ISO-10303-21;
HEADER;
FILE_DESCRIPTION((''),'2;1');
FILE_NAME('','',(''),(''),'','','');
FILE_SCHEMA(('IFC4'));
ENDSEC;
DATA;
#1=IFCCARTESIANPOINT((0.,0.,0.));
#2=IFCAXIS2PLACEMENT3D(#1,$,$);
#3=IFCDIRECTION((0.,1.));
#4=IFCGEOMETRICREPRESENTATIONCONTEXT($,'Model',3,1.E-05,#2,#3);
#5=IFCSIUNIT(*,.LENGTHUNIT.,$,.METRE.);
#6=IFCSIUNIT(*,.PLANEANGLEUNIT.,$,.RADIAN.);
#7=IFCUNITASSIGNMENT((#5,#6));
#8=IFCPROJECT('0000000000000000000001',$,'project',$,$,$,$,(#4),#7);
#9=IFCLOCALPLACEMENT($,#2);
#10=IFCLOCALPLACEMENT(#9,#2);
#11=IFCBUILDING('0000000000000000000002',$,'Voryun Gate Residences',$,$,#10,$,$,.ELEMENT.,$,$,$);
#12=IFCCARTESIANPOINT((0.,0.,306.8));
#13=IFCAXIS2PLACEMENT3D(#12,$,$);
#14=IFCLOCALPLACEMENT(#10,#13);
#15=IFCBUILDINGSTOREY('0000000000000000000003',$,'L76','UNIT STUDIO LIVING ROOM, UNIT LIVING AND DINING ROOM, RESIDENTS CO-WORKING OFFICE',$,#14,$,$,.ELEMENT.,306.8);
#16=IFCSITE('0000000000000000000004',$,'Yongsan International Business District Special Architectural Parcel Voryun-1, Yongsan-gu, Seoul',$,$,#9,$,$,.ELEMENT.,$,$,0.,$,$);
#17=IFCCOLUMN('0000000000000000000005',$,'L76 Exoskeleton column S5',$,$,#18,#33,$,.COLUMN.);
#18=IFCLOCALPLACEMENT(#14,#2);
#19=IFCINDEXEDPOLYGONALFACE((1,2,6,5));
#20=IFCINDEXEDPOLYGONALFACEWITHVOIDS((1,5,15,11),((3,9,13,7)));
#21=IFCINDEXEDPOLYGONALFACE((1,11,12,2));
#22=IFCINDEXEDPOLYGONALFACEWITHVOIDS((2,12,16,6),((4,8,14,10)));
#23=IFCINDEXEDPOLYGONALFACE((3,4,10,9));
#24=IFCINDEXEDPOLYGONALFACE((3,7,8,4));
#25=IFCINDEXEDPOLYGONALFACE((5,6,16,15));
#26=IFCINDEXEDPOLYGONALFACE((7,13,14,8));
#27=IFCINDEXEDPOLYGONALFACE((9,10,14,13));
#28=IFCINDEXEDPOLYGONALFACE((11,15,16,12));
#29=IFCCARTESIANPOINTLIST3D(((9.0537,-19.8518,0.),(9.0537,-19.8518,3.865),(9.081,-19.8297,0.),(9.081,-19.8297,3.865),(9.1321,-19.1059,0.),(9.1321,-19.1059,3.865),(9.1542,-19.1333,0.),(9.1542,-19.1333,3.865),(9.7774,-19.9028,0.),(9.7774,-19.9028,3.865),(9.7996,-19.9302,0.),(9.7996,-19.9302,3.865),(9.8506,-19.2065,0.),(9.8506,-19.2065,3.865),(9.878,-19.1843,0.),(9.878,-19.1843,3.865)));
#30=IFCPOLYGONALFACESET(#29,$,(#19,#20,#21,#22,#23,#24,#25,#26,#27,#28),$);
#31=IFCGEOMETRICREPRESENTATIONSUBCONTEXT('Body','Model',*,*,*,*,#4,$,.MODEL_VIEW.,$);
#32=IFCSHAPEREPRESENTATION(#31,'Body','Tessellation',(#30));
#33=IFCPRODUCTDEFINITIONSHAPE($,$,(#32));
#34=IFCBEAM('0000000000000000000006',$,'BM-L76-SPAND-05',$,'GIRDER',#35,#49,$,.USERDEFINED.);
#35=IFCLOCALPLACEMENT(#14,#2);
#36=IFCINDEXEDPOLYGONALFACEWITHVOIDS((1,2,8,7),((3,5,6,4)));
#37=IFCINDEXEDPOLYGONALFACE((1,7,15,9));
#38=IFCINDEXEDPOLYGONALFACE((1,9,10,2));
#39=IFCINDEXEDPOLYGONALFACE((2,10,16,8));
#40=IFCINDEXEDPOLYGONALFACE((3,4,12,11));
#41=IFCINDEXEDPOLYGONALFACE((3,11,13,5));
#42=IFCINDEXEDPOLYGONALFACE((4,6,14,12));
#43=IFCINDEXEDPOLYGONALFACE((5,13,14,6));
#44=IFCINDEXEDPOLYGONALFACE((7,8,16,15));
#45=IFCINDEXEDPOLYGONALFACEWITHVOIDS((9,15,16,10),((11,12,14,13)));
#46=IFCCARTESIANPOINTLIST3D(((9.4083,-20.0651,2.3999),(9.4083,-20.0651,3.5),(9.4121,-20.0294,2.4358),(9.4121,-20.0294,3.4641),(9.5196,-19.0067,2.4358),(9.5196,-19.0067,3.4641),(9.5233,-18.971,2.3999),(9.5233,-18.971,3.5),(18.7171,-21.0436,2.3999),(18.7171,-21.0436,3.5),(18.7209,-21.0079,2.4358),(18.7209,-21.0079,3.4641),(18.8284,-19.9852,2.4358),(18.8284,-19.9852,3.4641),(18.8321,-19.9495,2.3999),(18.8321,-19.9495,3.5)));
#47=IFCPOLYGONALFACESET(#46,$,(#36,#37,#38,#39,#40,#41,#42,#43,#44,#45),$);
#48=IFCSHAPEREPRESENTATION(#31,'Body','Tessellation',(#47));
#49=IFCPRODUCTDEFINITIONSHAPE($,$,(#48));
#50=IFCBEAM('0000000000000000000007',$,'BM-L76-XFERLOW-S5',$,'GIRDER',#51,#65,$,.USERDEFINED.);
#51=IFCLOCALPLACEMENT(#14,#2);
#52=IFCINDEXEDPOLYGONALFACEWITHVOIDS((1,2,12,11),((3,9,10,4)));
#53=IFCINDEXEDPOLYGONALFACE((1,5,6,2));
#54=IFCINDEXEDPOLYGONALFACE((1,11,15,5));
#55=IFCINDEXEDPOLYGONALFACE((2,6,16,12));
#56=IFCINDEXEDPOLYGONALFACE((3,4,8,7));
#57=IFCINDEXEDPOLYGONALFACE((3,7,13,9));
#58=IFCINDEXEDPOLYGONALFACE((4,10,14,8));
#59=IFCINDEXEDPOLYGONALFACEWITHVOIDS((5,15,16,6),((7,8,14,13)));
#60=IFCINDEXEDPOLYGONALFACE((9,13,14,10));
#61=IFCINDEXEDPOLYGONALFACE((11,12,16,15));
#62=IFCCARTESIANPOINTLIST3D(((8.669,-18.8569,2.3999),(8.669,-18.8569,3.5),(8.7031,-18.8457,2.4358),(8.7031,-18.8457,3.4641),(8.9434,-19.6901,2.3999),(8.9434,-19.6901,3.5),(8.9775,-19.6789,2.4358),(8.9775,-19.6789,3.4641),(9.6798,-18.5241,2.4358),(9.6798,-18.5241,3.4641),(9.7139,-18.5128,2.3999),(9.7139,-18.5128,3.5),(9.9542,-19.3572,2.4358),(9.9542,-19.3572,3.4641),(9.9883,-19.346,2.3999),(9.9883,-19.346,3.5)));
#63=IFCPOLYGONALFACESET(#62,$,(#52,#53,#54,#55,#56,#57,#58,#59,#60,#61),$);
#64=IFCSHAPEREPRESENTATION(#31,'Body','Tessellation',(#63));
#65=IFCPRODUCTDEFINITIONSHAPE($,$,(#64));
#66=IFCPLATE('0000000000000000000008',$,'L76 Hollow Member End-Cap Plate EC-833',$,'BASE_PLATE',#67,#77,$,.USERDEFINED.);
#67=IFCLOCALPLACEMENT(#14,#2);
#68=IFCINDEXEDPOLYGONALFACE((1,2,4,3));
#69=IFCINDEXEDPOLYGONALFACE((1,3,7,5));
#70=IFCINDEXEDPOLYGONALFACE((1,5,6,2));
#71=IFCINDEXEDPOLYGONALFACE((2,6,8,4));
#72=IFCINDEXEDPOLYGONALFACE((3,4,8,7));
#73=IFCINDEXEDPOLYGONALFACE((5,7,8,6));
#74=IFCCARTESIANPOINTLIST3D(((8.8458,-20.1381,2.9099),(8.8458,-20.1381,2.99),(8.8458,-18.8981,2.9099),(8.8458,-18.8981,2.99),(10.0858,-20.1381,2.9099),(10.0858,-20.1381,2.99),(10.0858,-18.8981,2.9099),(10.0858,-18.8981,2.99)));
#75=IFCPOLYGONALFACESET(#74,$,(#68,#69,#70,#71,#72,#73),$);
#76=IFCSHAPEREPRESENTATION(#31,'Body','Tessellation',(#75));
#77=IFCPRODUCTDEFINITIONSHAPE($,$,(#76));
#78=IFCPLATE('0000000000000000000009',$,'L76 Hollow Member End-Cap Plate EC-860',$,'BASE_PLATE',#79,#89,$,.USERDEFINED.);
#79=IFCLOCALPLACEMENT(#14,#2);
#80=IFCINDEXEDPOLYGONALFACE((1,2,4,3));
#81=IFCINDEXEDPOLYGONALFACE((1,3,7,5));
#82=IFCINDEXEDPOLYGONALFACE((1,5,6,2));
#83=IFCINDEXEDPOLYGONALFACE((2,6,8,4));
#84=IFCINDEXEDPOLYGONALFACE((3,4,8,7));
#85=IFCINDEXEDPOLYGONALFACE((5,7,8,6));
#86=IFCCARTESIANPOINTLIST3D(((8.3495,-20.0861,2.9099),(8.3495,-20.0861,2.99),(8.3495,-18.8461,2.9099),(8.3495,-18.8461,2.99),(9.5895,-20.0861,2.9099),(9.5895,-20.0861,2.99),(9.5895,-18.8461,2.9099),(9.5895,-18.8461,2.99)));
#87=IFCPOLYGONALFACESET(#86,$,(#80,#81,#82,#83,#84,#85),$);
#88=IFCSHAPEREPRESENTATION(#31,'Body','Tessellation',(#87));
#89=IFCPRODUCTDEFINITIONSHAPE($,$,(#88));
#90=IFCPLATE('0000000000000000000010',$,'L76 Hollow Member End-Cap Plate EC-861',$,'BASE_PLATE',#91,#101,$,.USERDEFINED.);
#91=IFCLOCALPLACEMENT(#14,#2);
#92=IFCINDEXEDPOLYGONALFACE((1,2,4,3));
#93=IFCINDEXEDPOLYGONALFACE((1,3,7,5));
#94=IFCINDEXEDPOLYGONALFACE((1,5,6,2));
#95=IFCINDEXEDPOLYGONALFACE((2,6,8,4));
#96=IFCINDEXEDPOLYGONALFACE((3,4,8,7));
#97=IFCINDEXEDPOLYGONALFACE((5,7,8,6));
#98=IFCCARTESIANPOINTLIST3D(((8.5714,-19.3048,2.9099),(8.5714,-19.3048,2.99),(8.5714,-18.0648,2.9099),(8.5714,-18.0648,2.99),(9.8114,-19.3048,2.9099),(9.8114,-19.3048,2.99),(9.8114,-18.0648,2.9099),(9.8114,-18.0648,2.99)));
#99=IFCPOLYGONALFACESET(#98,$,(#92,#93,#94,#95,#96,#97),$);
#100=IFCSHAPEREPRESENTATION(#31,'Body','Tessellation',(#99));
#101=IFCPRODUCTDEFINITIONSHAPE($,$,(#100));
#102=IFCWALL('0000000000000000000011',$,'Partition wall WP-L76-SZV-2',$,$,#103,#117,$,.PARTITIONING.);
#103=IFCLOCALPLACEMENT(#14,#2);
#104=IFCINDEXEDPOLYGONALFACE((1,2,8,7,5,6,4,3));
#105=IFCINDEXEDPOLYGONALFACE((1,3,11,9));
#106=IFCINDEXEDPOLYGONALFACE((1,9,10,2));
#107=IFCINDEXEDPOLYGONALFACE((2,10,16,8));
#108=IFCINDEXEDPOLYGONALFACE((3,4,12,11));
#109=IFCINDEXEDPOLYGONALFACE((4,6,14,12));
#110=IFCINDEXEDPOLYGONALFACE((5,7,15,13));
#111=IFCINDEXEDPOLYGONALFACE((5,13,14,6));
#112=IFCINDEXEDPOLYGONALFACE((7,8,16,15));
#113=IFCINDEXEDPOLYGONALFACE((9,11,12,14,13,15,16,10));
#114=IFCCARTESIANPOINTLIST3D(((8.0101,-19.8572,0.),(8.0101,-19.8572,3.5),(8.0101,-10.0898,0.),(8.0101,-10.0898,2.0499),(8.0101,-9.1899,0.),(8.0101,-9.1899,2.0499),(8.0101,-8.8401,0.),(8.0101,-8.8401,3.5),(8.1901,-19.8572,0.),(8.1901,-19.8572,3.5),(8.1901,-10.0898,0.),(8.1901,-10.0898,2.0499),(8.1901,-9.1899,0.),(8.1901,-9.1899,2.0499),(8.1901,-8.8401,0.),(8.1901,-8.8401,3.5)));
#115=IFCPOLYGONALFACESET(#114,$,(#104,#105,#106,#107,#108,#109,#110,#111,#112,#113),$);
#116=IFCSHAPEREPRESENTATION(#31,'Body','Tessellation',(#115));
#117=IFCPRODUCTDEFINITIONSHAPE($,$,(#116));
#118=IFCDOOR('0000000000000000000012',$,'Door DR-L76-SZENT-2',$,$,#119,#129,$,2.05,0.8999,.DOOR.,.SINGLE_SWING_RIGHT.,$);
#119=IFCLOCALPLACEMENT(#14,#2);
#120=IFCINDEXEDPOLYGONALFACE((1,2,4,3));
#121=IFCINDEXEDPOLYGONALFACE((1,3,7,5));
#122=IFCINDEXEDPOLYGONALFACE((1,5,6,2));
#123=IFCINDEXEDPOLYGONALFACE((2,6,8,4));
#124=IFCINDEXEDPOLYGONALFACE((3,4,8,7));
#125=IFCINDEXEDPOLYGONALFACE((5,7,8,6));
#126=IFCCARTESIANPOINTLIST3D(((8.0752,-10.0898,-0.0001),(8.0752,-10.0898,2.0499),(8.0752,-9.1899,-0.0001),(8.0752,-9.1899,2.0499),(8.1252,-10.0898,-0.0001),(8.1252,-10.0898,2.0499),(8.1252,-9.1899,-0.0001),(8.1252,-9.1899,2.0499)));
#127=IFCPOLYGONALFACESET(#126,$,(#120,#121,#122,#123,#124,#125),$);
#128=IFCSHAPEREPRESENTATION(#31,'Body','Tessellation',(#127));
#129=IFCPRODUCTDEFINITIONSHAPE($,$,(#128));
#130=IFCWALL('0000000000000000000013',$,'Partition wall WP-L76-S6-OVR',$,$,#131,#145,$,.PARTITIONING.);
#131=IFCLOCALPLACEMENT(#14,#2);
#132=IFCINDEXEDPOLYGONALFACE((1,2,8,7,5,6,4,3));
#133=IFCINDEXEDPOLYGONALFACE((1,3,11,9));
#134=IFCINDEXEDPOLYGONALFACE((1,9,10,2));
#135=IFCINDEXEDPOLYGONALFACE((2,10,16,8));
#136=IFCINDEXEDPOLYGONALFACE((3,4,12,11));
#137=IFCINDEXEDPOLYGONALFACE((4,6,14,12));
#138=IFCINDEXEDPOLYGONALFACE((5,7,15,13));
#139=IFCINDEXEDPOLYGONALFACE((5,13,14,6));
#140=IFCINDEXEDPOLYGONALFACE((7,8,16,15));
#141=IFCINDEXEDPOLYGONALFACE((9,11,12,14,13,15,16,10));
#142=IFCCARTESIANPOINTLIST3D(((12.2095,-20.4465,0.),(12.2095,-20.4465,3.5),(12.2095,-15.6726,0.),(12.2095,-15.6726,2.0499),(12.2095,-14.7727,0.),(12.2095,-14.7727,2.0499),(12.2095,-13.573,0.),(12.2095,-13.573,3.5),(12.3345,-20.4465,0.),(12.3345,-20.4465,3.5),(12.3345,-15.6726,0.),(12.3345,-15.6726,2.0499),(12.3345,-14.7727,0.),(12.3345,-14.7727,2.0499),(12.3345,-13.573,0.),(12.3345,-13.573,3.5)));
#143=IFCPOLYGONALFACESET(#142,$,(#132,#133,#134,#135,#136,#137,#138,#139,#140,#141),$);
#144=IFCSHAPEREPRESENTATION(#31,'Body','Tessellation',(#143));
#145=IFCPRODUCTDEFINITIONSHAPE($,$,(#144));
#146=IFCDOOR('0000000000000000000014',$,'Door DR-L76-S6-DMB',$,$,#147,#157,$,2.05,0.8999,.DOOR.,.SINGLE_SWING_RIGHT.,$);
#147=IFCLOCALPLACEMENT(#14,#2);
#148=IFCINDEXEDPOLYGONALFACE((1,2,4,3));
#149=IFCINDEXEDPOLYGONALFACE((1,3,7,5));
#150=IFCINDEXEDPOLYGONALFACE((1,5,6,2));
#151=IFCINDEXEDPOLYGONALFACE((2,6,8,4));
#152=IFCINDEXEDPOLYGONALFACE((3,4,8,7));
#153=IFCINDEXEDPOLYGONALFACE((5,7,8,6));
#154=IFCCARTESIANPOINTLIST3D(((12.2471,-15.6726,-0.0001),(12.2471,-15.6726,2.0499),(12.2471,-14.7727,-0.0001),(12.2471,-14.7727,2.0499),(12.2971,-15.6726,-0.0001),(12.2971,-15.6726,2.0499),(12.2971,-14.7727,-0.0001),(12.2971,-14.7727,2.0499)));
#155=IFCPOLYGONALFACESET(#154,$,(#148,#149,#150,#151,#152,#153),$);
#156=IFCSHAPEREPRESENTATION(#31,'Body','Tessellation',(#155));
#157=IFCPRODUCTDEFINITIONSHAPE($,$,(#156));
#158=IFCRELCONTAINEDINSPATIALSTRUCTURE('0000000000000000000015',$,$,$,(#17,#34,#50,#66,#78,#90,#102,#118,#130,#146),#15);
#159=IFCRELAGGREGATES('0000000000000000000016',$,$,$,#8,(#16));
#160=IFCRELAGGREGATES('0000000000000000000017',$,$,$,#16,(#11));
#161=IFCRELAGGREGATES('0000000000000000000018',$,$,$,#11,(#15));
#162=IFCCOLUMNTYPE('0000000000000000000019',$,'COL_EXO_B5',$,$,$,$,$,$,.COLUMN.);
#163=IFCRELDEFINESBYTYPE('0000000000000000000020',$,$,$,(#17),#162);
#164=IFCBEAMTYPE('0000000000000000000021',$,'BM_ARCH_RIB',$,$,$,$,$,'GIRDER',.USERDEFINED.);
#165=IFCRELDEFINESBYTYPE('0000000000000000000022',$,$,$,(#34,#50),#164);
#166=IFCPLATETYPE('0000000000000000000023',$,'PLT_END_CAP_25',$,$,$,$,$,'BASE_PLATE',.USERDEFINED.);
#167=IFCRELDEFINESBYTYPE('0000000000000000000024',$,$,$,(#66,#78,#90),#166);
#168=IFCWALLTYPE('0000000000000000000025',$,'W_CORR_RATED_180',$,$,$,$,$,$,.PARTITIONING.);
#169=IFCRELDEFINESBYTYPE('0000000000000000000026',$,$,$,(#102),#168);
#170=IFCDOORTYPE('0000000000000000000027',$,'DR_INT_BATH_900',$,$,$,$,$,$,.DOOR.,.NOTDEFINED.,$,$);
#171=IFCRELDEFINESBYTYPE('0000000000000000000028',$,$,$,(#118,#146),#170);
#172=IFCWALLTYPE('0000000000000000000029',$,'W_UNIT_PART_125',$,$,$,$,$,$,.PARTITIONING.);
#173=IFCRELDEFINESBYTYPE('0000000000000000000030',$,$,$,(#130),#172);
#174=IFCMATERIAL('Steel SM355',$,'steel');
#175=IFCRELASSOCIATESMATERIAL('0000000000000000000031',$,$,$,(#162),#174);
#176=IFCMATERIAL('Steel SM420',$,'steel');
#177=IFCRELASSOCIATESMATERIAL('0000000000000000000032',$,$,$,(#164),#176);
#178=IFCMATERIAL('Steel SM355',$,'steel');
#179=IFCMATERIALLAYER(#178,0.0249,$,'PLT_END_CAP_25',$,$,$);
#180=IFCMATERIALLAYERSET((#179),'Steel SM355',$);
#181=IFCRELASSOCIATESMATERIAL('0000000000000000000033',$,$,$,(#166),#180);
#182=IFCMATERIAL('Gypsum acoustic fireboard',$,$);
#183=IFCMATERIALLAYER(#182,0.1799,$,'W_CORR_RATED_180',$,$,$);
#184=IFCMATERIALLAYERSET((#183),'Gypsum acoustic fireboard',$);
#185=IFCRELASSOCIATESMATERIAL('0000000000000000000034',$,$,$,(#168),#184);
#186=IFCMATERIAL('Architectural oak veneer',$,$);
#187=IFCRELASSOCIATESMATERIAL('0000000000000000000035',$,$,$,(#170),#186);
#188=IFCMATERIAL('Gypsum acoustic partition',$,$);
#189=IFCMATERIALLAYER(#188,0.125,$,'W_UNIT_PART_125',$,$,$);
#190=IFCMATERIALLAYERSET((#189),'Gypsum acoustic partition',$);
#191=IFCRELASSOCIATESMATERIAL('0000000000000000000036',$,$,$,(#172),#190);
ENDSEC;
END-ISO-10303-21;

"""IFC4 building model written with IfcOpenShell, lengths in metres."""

from ifc_helpers import new_model, si_unit, direction, frame, frame_2d, origin, origin_2d, place, context, subcontext, project, spatial, rectangle, hollow_rectangle, extrude, material, layer, layer_set, material_profile, profile_set, type_object, element, fill, save


model = new_model("IFC4")

# Units and contexts
model_context = context("Model", 3, precision=1e-05, world=origin(), true_north=direction((0.0, 1.0)))
body_context = subcontext(model_context, "Body", "Model", "MODEL_VIEW")
ifc_project = project(units=[si_unit("LENGTHUNIT", "METRE"), si_unit("PLANEANGLEUNIT", "RADIAN")], contexts=[model_context])

# Site, building, storey
site_placement = place(None, origin())
site = spatial("IfcSite", under=ifc_project, at=site_placement, Name="Yongsan International Business District Special Architectural Parcel Voryun-1, Yongsan-gu, Seoul", CompositionType="ELEMENT", RefElevation=0.0)
building_placement = place(site_placement, origin())
building = spatial("IfcBuilding", under=site, at=building_placement, Name="Voryun Gate Residences", CompositionType="ELEMENT")
storey_placement = place(building_placement, frame((0.0, 0.0, 306.8)))
storey = spatial("IfcBuildingStorey", under=building, at=storey_placement, Name="L76", Description="UNIT STUDIO LIVING ROOM, UNIT LIVING AND DINING ROOM, RESIDENTS CO-WORKING OFFICE", CompositionType="ELEMENT", Elevation=306.8)

# Column
ifc_material_1 = material(Name="Steel SM355", Category="steel")
ifc_material_profile_1 = material_profile(ifc_material_1, hollow_rectangle(XDim=0.75, YDim=0.75, WallThickness=0.0249, at=origin_2d()), Name="BOX-750x750x25")
ifc_profile_set_1 = profile_set([ifc_material_profile_1], Name="Steel SM355")
column_type = type_object("IfcColumnType", Name="COL_EXO_B5", PredefinedType="COLUMN", material=ifc_profile_set_1)
column_placement = place(storey_placement, frame((9.4658, -19.5181, 0.0), z_axis=(0.0, 0.0, 1.0), x_axis=(0.994522, -0.104528, 0.0)))
element("IfcColumn", 1, at=column_placement, inside=storey, type_object=column_type, Name="L76 Exoskeleton column S5", PredefinedType="COLUMN", context=body_context, shape_type="SweptSolid", body=[
    extrude(hollow_rectangle(XDim=0.75, YDim=0.75, WallThickness=0.0249, at=origin_2d()), origin(), (0.0, 0.0, 1.0), 3.865),
])

# Beams
ifc_material_2 = material(Name="Steel SM420", Category="steel")
ifc_material_profile_2 = material_profile(ifc_material_2, hollow_rectangle(XDim=1.1001, YDim=1.1001, WallThickness=0.0359, at=origin_2d()), Name="BOX-1100x1100x36")
ifc_profile_set_2 = profile_set([ifc_material_profile_2], Name="Steel SM420")
beam_type = type_object("IfcBeamType", Name="BM_ARCH_RIB", ElementType="GIRDER", PredefinedType="USERDEFINED", material=ifc_profile_set_2)
beam_1_placement = place(storey_placement, frame((9.4658, -19.5181, 2.95), z_axis=(0.994521, -0.104541, 0.0), x_axis=(0.104541, 0.994521, 0.0)))
element("IfcBeam", 2, at=beam_1_placement, inside=storey, type_object=beam_type, Name="BM-L76-SPAND-05", ObjectType="GIRDER", PredefinedType="USERDEFINED", context=body_context, shape_type="SweptSolid", body=[
    extrude(hollow_rectangle(XDim=1.1001, YDim=1.1001, WallThickness=0.0359, at=origin_2d()), origin(), (0.0, 0.0, 1.0), 9.3601),
])
beam_2_placement = place(storey_placement, frame((9.4658, -19.5181, 2.95), z_axis=(-0.312803, 0.949818, 0.0), x_axis=(-0.949818, -0.312803, 0.0)))
element("IfcBeam", 3, at=beam_2_placement, inside=storey, type_object=beam_type, Name="BM-L76-XFERLOW-S5", ObjectType="GIRDER", PredefinedType="USERDEFINED", context=body_context, shape_type="SweptSolid", body=[
    extrude(hollow_rectangle(XDim=1.1001, YDim=1.1001, WallThickness=0.0359, at=origin_2d()), origin(), (0.0, 0.0, 1.0), 0.8772),
])

# Plates
ifc_material_3 = material(Name="Steel SM355", Category="steel")
ifc_layer_1 = layer(ifc_material_3, 0.0249, Name="PLT_END_CAP_25")
ifc_layer_set_1 = layer_set([ifc_layer_1], Name="Steel SM355")
plate_type = type_object("IfcPlateType", Name="PLT_END_CAP_25", ElementType="BASE_PLATE", PredefinedType="USERDEFINED", material=ifc_layer_set_1)
for number, where, z_axis, x_axis, name in (
    (4, (9.4658, -19.5181, 2.9099), (0.0, 0.0, 1.0), (1.0, 0.0, 0.0), "L76 Hollow Member End-Cap Plate EC-833"),
    (5, (8.9695, -19.4661, 2.9099), (0.0, 0.0, 1.0), (1.0, 0.0, 0.0), "L76 Hollow Member End-Cap Plate EC-860"),
    (6, (9.1914, -18.6848, 2.9099), (0.0, 0.0, 1.0), (1.0, 0.0, 0.0), "L76 Hollow Member End-Cap Plate EC-861"),
):
    element("IfcPlate", number, at=place(storey_placement, frame(where, z_axis=z_axis, x_axis=x_axis)), inside=storey, type_object=plate_type, Name=name, ObjectType="BASE_PLATE", PredefinedType="USERDEFINED", context=body_context, shape_type="SweptSolid", body=[
        extrude(rectangle(XDim=1.24, YDim=1.24, at=origin_2d()), origin(), (0.0, 0.0, 1.0), 0.0801),
    ])

# Walls, openings, doors
ifc_material_4 = material(Name="Gypsum acoustic fireboard")
ifc_layer_2 = layer(ifc_material_4, 0.1799, Name="W_CORR_RATED_180")
ifc_layer_set_2 = layer_set([ifc_layer_2], Name="Gypsum acoustic fireboard")
wall_type_1 = type_object("IfcWallType", Name="W_CORR_RATED_180", PredefinedType="PARTITIONING", material=ifc_layer_set_2)
wall_1_placement = place(storey_placement, frame((8.1001, -19.8572, 0.0), z_axis=(0.0, 0.0, 1.0), x_axis=(0.0, 1.0, 0.0)))
wall_1 = element("IfcWall", 7, at=wall_1_placement, inside=storey, type_object=wall_type_1, Name="Partition wall WP-L76-SZV-2", PredefinedType="PARTITIONING", context=body_context, shape_type="SweptSolid", body=[
    extrude(rectangle(XDim=11.0171, YDim=0.1799, at=frame_2d((5.5085, 0.0))), origin(), (0.0, 0.0, 1.0), 3.5),
])
opening_1_placement = place(wall_1_placement, frame((9.7673, 0.0, 0.0)))
opening_1 = element("IfcOpeningElement", 8, at=opening_1_placement, cuts=wall_1, PredefinedType="OPENING", context=body_context, shape_type="SweptSolid", body=[
    extrude(rectangle(XDim=0.8999, YDim=2.05, at=frame_2d((0.45, 1.0249))), frame((0.0, 0.0999, 0.0), z_axis=(0.0, -1.0, 0.0), x_axis=(1.0, 0.0, 0.0)), (0.0, 0.0, 1.0), 0.2),
])
ifc_material_5 = material(Name="Architectural oak veneer")
door_type_1 = type_object("IfcDoorType", Name="DR_INT_BATH_900", OperationType="NOTDEFINED", PredefinedType="DOOR", material=ifc_material_5)
door_1_placement = place(opening_1_placement, origin())
door_1 = element("IfcDoor", 9, at=door_1_placement, inside=storey, type_object=door_type_1, Name="Door DR-L76-SZENT-2", OperationType="SINGLE_SWING_RIGHT", OverallHeight=2.05, OverallWidth=0.8999, PredefinedType="DOOR", context=body_context, shape_type="SweptSolid", body=[
    extrude(rectangle(XDim=0.8999, YDim=2.05, at=frame_2d((0.45, 1.0249))), frame((0.0, 0.0249, 0.0), z_axis=(0.0, -1.0, 0.0), x_axis=(1.0, 0.0, 0.0)), (0.0, 0.0, 1.0), 0.05),
])
fill(opening_1, door_1)
ifc_material_6 = material(Name="Gypsum acoustic partition")
ifc_layer_3 = layer(ifc_material_6, 0.125, Name="W_UNIT_PART_125")
ifc_layer_set_3 = layer_set([ifc_layer_3], Name="Gypsum acoustic partition")
wall_type_2 = type_object("IfcWallType", Name="W_UNIT_PART_125", PredefinedType="PARTITIONING", material=ifc_layer_set_3)
wall_2_placement = place(storey_placement, frame((12.272, -20.4465, 0.0), z_axis=(0.0, 0.0, 1.0), x_axis=(0.0, 1.0, 0.0)))
wall_2 = element("IfcWall", 10, at=wall_2_placement, inside=storey, type_object=wall_type_2, Name="Partition wall WP-L76-S6-OVR", PredefinedType="PARTITIONING", context=body_context, shape_type="SweptSolid", body=[
    extrude(rectangle(XDim=6.8735, YDim=0.125, at=frame_2d((3.4368, 0.0))), origin(), (0.0, 0.0, 1.0), 3.5),
])
opening_2_placement = place(wall_2_placement, frame((4.7739, 0.0, 0.0)))
opening_2 = element("IfcOpeningElement", 11, at=opening_2_placement, cuts=wall_2, PredefinedType="OPENING", context=body_context, shape_type="SweptSolid", body=[
    extrude(rectangle(XDim=0.8999, YDim=2.05, at=frame_2d((0.45, 1.0249))), frame((0.0, 0.0725, 0.0), z_axis=(0.0, -1.0, 0.0), x_axis=(1.0, 0.0, 0.0)), (0.0, 0.0, 1.0), 0.145),
])
door_2_placement = place(opening_2_placement, origin())
door_2 = element("IfcDoor", 12, at=door_2_placement, inside=storey, type_object=door_type_1, Name="Door DR-L76-S6-DMB", OperationType="SINGLE_SWING_RIGHT", OverallHeight=2.05, OverallWidth=0.8999, PredefinedType="DOOR", context=body_context, shape_type="SweptSolid", body=[
    extrude(rectangle(XDim=0.8999, YDim=2.05, at=frame_2d((0.45, 1.0249))), frame((0.0, 0.0249, 0.0), z_axis=(0.0, -1.0, 0.0), x_axis=(1.0, 0.0, 0.0)), (0.0, 0.0, 1.0), 0.05),
])
fill(opening_2, door_2)

save(model, "model.ifc")
